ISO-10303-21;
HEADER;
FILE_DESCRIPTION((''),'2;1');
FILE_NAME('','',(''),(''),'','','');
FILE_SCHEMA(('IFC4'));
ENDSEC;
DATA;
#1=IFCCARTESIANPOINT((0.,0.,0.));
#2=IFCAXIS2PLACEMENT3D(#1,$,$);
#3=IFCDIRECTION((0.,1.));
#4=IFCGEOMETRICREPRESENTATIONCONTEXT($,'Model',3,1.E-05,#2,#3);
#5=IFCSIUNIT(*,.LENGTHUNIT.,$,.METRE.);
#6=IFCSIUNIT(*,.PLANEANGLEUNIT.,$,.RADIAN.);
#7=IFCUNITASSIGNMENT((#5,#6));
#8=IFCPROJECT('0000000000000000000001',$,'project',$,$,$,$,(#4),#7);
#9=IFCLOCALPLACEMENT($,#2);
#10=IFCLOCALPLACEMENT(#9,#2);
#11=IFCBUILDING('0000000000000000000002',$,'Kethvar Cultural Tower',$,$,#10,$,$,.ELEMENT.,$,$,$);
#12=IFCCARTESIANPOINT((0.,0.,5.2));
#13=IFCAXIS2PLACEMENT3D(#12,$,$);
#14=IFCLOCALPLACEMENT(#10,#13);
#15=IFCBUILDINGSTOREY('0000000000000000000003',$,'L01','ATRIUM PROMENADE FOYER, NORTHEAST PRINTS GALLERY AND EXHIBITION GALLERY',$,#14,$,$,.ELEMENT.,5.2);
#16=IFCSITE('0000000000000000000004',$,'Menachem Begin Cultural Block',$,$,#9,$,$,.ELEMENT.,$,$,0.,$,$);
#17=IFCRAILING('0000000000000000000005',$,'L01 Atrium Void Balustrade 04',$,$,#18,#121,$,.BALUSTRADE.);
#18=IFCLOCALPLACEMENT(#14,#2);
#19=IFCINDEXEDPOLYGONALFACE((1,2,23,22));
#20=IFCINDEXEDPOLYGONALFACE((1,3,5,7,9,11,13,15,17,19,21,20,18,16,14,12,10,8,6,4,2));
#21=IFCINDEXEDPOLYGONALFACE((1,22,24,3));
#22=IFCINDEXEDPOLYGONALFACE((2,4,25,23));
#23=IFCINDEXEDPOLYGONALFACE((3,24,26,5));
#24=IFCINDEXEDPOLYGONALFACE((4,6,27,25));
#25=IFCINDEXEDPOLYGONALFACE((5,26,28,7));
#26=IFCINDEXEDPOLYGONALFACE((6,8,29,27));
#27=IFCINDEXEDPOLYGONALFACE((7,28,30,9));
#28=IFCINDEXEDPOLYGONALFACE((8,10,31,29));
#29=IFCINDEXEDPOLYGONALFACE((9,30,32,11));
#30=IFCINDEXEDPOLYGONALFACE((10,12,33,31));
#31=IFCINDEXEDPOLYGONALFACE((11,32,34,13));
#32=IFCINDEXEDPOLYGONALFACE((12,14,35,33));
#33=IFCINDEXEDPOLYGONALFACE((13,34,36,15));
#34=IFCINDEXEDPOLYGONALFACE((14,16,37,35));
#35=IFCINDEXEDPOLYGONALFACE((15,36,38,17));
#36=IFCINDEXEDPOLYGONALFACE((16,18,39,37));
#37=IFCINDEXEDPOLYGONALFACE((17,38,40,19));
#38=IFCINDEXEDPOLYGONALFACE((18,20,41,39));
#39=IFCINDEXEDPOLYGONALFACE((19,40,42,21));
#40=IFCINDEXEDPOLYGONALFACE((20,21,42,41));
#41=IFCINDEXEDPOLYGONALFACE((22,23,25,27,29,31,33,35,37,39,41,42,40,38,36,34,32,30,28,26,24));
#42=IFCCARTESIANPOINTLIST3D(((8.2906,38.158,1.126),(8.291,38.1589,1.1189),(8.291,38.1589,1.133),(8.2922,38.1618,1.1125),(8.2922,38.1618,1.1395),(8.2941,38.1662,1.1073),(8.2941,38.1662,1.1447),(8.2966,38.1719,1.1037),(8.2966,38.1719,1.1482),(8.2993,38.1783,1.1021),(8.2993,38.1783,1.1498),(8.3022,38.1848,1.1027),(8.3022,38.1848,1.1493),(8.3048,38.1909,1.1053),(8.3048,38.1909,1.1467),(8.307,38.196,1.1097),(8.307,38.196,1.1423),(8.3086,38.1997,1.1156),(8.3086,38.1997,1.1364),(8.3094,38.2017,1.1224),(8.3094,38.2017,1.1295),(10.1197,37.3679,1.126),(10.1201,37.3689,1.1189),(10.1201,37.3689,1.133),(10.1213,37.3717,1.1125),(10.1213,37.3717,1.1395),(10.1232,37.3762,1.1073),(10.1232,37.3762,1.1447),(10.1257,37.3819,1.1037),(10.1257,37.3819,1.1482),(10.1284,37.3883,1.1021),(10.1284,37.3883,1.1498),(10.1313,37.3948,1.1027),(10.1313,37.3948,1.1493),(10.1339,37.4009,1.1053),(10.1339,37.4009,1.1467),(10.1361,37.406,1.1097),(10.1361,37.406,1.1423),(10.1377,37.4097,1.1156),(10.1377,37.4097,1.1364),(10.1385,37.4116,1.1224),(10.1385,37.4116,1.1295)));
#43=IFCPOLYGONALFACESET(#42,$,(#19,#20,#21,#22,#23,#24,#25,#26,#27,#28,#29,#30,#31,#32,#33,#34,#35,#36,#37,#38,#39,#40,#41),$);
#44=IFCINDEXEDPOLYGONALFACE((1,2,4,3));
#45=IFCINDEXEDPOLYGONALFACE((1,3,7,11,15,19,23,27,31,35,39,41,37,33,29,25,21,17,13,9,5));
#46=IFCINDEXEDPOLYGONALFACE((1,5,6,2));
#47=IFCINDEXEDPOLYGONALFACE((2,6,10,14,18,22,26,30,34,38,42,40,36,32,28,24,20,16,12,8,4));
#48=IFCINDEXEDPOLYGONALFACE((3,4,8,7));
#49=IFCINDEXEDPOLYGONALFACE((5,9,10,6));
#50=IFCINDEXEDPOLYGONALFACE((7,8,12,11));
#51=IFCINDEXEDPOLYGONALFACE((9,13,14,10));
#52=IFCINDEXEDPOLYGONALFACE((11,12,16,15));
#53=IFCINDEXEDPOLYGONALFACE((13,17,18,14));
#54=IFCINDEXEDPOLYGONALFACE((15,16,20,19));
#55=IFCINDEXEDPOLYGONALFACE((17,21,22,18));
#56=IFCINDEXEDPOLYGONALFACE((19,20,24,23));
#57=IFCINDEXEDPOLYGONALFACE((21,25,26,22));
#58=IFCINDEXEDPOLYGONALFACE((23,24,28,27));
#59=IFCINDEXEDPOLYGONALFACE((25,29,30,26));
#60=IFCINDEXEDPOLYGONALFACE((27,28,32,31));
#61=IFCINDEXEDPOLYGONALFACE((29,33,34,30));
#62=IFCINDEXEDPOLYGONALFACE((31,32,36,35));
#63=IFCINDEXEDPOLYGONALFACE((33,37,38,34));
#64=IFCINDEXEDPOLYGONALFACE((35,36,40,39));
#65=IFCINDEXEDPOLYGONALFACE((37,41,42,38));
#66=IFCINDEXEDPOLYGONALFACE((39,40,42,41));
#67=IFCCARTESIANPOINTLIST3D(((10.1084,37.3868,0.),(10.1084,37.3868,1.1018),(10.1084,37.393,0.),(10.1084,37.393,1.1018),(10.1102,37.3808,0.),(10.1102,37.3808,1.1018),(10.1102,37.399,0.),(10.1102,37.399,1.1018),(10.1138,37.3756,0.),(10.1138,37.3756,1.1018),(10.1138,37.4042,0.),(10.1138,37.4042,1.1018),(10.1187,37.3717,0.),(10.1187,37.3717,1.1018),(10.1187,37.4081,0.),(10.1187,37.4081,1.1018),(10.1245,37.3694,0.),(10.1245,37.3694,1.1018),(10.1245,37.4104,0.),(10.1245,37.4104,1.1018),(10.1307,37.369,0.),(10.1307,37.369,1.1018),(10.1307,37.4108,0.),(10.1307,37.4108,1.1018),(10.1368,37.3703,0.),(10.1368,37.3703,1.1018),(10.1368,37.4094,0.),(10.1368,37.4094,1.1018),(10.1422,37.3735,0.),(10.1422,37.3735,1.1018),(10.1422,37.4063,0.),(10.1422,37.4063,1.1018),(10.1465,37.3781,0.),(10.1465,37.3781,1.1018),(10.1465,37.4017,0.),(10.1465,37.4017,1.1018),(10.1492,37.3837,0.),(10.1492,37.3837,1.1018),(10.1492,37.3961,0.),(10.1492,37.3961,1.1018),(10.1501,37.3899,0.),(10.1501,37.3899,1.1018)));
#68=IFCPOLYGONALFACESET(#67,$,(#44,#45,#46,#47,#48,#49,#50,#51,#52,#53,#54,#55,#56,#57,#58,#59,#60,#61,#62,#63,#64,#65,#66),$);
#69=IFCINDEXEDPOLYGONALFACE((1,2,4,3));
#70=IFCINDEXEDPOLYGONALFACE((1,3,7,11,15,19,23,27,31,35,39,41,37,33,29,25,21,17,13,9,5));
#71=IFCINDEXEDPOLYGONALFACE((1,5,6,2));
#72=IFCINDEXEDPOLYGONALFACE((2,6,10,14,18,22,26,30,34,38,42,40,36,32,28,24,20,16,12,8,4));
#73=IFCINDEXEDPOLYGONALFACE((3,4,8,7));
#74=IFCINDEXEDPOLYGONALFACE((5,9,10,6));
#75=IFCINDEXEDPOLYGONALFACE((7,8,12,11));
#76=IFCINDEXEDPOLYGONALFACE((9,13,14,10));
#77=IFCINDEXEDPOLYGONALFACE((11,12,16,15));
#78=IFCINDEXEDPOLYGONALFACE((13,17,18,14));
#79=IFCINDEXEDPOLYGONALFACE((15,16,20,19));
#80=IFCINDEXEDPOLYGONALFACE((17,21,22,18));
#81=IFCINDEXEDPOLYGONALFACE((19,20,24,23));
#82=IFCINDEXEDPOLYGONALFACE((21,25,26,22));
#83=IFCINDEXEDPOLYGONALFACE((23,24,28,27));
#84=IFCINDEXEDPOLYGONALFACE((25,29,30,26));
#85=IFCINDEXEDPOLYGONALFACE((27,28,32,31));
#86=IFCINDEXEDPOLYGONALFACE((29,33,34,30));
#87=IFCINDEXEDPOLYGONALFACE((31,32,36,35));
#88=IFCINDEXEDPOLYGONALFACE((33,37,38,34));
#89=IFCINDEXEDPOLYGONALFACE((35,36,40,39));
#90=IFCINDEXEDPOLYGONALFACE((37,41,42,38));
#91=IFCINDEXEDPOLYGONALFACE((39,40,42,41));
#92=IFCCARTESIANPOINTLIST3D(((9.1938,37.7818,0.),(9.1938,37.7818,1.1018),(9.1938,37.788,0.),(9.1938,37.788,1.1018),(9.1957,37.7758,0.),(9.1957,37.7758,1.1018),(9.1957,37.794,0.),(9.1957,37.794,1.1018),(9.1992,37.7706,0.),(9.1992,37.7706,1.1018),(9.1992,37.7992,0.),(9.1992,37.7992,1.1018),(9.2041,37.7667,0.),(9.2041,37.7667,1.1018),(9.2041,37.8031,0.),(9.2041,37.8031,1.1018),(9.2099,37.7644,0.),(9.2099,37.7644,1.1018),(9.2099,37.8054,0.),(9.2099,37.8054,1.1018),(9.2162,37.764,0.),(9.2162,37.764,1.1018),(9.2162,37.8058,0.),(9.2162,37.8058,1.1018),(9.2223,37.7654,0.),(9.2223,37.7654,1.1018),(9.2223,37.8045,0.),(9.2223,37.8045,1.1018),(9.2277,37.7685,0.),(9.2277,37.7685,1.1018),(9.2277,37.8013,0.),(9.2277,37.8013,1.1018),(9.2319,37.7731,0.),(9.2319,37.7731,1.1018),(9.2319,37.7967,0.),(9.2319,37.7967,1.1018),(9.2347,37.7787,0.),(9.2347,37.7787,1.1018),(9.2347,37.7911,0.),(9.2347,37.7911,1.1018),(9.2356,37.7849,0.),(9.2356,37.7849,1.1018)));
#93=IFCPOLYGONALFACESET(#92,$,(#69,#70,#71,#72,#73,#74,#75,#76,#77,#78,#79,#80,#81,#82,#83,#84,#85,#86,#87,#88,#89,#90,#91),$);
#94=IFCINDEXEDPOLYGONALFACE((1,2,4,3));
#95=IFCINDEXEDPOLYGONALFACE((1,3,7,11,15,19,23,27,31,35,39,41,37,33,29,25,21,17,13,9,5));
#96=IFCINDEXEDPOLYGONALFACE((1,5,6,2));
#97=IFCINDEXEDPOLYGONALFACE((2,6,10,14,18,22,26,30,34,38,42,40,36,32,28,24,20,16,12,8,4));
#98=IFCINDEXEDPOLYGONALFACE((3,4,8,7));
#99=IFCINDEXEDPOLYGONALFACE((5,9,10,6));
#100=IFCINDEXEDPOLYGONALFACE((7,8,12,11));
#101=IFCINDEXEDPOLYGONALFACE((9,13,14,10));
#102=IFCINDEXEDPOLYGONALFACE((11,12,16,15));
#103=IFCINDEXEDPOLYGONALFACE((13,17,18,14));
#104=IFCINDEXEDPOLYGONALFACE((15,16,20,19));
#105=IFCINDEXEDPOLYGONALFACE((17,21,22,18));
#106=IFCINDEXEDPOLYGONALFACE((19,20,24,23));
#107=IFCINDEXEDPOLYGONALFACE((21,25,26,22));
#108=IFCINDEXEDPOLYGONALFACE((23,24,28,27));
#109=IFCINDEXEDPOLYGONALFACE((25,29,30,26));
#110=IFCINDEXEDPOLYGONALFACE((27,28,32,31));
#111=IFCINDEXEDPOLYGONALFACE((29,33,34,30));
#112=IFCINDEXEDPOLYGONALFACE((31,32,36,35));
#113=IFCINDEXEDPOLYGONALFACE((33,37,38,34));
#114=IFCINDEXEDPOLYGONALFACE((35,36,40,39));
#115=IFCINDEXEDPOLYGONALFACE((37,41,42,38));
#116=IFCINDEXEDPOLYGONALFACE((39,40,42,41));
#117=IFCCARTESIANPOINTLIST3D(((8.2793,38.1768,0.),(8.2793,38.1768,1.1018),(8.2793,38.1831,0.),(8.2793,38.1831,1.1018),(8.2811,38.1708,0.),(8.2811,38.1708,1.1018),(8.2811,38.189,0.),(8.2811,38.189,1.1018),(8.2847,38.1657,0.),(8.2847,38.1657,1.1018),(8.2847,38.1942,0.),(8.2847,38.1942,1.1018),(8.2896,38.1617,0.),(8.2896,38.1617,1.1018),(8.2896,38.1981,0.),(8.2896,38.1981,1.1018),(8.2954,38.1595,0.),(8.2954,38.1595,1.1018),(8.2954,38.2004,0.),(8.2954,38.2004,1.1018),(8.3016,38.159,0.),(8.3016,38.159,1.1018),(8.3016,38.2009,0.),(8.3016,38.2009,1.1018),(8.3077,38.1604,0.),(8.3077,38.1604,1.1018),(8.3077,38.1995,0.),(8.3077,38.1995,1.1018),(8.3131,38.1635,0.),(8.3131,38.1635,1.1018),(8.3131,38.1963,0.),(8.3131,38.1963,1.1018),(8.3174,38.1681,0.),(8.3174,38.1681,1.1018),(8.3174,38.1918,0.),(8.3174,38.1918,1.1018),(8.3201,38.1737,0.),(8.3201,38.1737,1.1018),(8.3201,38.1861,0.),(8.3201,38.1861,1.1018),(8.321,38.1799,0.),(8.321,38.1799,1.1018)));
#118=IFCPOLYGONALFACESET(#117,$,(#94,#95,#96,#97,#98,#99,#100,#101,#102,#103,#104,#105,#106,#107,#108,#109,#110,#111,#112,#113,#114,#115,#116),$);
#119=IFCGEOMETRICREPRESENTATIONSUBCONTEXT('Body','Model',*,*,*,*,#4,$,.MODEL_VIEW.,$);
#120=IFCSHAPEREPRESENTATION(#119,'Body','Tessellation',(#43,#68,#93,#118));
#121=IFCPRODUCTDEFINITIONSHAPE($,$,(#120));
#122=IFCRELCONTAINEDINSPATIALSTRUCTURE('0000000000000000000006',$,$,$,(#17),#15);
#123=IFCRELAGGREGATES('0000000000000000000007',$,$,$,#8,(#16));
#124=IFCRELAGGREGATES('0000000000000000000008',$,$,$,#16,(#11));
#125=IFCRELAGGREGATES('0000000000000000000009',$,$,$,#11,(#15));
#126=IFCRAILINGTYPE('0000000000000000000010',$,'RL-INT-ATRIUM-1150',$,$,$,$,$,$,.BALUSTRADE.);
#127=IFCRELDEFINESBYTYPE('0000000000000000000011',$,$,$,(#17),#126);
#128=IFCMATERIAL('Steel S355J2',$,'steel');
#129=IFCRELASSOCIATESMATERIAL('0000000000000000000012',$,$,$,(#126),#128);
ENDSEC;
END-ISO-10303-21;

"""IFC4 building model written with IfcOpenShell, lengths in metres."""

from ifc_helpers import new_model, si_unit, direction, frame, origin, origin_2d, place, context, subcontext, project, spatial, circle, extrude, material, type_object, element, save


model = new_model("IFC4")

# Units and contexts
model_context = context("Model", 3, precision=1e-05, world=origin(), true_north=direction((0.0, 1.0)))
body_context = subcontext(model_context, "Body", "Model", "MODEL_VIEW")
ifc_project = project(units=[si_unit("LENGTHUNIT", "METRE"), si_unit("PLANEANGLEUNIT", "RADIAN")], contexts=[model_context])

# Site, building, storey
site_placement = place(None, origin())
site = spatial("IfcSite", under=ifc_project, at=site_placement, Name="Menachem Begin Cultural Block", CompositionType="ELEMENT", RefElevation=0.0)
building_placement = place(site_placement, origin())
building = spatial("IfcBuilding", under=site, at=building_placement, Name="Kethvar Cultural Tower", CompositionType="ELEMENT")
storey_placement = place(building_placement, frame((0.0, 0.0, 5.2)))
storey = spatial("IfcBuildingStorey", under=building, at=storey_placement, Name="L01", Description="ATRIUM PROMENADE FOYER, NORTHEAST PRINTS GALLERY AND EXHIBITION GALLERY", CompositionType="ELEMENT", Elevation=5.2)

# Shared definitions
ifc_material_1 = material(Name="Steel S355J2", Category="steel")

# Railing
railing_type_1 = type_object("IfcRailingType", Name="RL-INT-ATRIUM-1150", PredefinedType="BALUSTRADE", material=ifc_material_1)
railing_1_placement = place(storey_placement, frame((10.1292, 37.3899, 0.0)))
element("IfcRailing", 1, at=railing_1_placement, inside=storey, type_object=railing_type_1, Name="L01 Atrium Void Balustrade 04", PredefinedType="BALUSTRADE", context=body_context, shape_type="SweptSolid", body=[
    extrude(circle(Radius=0.0239, at=origin_2d()), frame((0.0, 0.0, 1.126), z_axis=(-0.918026, 0.396521, 0.0), x_axis=(-0.396521, -0.918026, 0.0)), (0.0, 0.0, 1.0), 1.9924),
    extrude(circle(Radius=0.021, at=origin_2d()), origin(), (0.0, 0.0, 1.0), 1.1018),
    extrude(circle(Radius=0.021, at=origin_2d()), frame((-0.9146, 0.395, 0.0)), (0.0, 0.0, 1.0), 1.1018),
    extrude(circle(Radius=0.021, at=origin_2d()), frame((-1.8291, 0.79, 0.0)), (0.0, 0.0, 1.0), 1.1018),
])

save(model, "model.ifc")
